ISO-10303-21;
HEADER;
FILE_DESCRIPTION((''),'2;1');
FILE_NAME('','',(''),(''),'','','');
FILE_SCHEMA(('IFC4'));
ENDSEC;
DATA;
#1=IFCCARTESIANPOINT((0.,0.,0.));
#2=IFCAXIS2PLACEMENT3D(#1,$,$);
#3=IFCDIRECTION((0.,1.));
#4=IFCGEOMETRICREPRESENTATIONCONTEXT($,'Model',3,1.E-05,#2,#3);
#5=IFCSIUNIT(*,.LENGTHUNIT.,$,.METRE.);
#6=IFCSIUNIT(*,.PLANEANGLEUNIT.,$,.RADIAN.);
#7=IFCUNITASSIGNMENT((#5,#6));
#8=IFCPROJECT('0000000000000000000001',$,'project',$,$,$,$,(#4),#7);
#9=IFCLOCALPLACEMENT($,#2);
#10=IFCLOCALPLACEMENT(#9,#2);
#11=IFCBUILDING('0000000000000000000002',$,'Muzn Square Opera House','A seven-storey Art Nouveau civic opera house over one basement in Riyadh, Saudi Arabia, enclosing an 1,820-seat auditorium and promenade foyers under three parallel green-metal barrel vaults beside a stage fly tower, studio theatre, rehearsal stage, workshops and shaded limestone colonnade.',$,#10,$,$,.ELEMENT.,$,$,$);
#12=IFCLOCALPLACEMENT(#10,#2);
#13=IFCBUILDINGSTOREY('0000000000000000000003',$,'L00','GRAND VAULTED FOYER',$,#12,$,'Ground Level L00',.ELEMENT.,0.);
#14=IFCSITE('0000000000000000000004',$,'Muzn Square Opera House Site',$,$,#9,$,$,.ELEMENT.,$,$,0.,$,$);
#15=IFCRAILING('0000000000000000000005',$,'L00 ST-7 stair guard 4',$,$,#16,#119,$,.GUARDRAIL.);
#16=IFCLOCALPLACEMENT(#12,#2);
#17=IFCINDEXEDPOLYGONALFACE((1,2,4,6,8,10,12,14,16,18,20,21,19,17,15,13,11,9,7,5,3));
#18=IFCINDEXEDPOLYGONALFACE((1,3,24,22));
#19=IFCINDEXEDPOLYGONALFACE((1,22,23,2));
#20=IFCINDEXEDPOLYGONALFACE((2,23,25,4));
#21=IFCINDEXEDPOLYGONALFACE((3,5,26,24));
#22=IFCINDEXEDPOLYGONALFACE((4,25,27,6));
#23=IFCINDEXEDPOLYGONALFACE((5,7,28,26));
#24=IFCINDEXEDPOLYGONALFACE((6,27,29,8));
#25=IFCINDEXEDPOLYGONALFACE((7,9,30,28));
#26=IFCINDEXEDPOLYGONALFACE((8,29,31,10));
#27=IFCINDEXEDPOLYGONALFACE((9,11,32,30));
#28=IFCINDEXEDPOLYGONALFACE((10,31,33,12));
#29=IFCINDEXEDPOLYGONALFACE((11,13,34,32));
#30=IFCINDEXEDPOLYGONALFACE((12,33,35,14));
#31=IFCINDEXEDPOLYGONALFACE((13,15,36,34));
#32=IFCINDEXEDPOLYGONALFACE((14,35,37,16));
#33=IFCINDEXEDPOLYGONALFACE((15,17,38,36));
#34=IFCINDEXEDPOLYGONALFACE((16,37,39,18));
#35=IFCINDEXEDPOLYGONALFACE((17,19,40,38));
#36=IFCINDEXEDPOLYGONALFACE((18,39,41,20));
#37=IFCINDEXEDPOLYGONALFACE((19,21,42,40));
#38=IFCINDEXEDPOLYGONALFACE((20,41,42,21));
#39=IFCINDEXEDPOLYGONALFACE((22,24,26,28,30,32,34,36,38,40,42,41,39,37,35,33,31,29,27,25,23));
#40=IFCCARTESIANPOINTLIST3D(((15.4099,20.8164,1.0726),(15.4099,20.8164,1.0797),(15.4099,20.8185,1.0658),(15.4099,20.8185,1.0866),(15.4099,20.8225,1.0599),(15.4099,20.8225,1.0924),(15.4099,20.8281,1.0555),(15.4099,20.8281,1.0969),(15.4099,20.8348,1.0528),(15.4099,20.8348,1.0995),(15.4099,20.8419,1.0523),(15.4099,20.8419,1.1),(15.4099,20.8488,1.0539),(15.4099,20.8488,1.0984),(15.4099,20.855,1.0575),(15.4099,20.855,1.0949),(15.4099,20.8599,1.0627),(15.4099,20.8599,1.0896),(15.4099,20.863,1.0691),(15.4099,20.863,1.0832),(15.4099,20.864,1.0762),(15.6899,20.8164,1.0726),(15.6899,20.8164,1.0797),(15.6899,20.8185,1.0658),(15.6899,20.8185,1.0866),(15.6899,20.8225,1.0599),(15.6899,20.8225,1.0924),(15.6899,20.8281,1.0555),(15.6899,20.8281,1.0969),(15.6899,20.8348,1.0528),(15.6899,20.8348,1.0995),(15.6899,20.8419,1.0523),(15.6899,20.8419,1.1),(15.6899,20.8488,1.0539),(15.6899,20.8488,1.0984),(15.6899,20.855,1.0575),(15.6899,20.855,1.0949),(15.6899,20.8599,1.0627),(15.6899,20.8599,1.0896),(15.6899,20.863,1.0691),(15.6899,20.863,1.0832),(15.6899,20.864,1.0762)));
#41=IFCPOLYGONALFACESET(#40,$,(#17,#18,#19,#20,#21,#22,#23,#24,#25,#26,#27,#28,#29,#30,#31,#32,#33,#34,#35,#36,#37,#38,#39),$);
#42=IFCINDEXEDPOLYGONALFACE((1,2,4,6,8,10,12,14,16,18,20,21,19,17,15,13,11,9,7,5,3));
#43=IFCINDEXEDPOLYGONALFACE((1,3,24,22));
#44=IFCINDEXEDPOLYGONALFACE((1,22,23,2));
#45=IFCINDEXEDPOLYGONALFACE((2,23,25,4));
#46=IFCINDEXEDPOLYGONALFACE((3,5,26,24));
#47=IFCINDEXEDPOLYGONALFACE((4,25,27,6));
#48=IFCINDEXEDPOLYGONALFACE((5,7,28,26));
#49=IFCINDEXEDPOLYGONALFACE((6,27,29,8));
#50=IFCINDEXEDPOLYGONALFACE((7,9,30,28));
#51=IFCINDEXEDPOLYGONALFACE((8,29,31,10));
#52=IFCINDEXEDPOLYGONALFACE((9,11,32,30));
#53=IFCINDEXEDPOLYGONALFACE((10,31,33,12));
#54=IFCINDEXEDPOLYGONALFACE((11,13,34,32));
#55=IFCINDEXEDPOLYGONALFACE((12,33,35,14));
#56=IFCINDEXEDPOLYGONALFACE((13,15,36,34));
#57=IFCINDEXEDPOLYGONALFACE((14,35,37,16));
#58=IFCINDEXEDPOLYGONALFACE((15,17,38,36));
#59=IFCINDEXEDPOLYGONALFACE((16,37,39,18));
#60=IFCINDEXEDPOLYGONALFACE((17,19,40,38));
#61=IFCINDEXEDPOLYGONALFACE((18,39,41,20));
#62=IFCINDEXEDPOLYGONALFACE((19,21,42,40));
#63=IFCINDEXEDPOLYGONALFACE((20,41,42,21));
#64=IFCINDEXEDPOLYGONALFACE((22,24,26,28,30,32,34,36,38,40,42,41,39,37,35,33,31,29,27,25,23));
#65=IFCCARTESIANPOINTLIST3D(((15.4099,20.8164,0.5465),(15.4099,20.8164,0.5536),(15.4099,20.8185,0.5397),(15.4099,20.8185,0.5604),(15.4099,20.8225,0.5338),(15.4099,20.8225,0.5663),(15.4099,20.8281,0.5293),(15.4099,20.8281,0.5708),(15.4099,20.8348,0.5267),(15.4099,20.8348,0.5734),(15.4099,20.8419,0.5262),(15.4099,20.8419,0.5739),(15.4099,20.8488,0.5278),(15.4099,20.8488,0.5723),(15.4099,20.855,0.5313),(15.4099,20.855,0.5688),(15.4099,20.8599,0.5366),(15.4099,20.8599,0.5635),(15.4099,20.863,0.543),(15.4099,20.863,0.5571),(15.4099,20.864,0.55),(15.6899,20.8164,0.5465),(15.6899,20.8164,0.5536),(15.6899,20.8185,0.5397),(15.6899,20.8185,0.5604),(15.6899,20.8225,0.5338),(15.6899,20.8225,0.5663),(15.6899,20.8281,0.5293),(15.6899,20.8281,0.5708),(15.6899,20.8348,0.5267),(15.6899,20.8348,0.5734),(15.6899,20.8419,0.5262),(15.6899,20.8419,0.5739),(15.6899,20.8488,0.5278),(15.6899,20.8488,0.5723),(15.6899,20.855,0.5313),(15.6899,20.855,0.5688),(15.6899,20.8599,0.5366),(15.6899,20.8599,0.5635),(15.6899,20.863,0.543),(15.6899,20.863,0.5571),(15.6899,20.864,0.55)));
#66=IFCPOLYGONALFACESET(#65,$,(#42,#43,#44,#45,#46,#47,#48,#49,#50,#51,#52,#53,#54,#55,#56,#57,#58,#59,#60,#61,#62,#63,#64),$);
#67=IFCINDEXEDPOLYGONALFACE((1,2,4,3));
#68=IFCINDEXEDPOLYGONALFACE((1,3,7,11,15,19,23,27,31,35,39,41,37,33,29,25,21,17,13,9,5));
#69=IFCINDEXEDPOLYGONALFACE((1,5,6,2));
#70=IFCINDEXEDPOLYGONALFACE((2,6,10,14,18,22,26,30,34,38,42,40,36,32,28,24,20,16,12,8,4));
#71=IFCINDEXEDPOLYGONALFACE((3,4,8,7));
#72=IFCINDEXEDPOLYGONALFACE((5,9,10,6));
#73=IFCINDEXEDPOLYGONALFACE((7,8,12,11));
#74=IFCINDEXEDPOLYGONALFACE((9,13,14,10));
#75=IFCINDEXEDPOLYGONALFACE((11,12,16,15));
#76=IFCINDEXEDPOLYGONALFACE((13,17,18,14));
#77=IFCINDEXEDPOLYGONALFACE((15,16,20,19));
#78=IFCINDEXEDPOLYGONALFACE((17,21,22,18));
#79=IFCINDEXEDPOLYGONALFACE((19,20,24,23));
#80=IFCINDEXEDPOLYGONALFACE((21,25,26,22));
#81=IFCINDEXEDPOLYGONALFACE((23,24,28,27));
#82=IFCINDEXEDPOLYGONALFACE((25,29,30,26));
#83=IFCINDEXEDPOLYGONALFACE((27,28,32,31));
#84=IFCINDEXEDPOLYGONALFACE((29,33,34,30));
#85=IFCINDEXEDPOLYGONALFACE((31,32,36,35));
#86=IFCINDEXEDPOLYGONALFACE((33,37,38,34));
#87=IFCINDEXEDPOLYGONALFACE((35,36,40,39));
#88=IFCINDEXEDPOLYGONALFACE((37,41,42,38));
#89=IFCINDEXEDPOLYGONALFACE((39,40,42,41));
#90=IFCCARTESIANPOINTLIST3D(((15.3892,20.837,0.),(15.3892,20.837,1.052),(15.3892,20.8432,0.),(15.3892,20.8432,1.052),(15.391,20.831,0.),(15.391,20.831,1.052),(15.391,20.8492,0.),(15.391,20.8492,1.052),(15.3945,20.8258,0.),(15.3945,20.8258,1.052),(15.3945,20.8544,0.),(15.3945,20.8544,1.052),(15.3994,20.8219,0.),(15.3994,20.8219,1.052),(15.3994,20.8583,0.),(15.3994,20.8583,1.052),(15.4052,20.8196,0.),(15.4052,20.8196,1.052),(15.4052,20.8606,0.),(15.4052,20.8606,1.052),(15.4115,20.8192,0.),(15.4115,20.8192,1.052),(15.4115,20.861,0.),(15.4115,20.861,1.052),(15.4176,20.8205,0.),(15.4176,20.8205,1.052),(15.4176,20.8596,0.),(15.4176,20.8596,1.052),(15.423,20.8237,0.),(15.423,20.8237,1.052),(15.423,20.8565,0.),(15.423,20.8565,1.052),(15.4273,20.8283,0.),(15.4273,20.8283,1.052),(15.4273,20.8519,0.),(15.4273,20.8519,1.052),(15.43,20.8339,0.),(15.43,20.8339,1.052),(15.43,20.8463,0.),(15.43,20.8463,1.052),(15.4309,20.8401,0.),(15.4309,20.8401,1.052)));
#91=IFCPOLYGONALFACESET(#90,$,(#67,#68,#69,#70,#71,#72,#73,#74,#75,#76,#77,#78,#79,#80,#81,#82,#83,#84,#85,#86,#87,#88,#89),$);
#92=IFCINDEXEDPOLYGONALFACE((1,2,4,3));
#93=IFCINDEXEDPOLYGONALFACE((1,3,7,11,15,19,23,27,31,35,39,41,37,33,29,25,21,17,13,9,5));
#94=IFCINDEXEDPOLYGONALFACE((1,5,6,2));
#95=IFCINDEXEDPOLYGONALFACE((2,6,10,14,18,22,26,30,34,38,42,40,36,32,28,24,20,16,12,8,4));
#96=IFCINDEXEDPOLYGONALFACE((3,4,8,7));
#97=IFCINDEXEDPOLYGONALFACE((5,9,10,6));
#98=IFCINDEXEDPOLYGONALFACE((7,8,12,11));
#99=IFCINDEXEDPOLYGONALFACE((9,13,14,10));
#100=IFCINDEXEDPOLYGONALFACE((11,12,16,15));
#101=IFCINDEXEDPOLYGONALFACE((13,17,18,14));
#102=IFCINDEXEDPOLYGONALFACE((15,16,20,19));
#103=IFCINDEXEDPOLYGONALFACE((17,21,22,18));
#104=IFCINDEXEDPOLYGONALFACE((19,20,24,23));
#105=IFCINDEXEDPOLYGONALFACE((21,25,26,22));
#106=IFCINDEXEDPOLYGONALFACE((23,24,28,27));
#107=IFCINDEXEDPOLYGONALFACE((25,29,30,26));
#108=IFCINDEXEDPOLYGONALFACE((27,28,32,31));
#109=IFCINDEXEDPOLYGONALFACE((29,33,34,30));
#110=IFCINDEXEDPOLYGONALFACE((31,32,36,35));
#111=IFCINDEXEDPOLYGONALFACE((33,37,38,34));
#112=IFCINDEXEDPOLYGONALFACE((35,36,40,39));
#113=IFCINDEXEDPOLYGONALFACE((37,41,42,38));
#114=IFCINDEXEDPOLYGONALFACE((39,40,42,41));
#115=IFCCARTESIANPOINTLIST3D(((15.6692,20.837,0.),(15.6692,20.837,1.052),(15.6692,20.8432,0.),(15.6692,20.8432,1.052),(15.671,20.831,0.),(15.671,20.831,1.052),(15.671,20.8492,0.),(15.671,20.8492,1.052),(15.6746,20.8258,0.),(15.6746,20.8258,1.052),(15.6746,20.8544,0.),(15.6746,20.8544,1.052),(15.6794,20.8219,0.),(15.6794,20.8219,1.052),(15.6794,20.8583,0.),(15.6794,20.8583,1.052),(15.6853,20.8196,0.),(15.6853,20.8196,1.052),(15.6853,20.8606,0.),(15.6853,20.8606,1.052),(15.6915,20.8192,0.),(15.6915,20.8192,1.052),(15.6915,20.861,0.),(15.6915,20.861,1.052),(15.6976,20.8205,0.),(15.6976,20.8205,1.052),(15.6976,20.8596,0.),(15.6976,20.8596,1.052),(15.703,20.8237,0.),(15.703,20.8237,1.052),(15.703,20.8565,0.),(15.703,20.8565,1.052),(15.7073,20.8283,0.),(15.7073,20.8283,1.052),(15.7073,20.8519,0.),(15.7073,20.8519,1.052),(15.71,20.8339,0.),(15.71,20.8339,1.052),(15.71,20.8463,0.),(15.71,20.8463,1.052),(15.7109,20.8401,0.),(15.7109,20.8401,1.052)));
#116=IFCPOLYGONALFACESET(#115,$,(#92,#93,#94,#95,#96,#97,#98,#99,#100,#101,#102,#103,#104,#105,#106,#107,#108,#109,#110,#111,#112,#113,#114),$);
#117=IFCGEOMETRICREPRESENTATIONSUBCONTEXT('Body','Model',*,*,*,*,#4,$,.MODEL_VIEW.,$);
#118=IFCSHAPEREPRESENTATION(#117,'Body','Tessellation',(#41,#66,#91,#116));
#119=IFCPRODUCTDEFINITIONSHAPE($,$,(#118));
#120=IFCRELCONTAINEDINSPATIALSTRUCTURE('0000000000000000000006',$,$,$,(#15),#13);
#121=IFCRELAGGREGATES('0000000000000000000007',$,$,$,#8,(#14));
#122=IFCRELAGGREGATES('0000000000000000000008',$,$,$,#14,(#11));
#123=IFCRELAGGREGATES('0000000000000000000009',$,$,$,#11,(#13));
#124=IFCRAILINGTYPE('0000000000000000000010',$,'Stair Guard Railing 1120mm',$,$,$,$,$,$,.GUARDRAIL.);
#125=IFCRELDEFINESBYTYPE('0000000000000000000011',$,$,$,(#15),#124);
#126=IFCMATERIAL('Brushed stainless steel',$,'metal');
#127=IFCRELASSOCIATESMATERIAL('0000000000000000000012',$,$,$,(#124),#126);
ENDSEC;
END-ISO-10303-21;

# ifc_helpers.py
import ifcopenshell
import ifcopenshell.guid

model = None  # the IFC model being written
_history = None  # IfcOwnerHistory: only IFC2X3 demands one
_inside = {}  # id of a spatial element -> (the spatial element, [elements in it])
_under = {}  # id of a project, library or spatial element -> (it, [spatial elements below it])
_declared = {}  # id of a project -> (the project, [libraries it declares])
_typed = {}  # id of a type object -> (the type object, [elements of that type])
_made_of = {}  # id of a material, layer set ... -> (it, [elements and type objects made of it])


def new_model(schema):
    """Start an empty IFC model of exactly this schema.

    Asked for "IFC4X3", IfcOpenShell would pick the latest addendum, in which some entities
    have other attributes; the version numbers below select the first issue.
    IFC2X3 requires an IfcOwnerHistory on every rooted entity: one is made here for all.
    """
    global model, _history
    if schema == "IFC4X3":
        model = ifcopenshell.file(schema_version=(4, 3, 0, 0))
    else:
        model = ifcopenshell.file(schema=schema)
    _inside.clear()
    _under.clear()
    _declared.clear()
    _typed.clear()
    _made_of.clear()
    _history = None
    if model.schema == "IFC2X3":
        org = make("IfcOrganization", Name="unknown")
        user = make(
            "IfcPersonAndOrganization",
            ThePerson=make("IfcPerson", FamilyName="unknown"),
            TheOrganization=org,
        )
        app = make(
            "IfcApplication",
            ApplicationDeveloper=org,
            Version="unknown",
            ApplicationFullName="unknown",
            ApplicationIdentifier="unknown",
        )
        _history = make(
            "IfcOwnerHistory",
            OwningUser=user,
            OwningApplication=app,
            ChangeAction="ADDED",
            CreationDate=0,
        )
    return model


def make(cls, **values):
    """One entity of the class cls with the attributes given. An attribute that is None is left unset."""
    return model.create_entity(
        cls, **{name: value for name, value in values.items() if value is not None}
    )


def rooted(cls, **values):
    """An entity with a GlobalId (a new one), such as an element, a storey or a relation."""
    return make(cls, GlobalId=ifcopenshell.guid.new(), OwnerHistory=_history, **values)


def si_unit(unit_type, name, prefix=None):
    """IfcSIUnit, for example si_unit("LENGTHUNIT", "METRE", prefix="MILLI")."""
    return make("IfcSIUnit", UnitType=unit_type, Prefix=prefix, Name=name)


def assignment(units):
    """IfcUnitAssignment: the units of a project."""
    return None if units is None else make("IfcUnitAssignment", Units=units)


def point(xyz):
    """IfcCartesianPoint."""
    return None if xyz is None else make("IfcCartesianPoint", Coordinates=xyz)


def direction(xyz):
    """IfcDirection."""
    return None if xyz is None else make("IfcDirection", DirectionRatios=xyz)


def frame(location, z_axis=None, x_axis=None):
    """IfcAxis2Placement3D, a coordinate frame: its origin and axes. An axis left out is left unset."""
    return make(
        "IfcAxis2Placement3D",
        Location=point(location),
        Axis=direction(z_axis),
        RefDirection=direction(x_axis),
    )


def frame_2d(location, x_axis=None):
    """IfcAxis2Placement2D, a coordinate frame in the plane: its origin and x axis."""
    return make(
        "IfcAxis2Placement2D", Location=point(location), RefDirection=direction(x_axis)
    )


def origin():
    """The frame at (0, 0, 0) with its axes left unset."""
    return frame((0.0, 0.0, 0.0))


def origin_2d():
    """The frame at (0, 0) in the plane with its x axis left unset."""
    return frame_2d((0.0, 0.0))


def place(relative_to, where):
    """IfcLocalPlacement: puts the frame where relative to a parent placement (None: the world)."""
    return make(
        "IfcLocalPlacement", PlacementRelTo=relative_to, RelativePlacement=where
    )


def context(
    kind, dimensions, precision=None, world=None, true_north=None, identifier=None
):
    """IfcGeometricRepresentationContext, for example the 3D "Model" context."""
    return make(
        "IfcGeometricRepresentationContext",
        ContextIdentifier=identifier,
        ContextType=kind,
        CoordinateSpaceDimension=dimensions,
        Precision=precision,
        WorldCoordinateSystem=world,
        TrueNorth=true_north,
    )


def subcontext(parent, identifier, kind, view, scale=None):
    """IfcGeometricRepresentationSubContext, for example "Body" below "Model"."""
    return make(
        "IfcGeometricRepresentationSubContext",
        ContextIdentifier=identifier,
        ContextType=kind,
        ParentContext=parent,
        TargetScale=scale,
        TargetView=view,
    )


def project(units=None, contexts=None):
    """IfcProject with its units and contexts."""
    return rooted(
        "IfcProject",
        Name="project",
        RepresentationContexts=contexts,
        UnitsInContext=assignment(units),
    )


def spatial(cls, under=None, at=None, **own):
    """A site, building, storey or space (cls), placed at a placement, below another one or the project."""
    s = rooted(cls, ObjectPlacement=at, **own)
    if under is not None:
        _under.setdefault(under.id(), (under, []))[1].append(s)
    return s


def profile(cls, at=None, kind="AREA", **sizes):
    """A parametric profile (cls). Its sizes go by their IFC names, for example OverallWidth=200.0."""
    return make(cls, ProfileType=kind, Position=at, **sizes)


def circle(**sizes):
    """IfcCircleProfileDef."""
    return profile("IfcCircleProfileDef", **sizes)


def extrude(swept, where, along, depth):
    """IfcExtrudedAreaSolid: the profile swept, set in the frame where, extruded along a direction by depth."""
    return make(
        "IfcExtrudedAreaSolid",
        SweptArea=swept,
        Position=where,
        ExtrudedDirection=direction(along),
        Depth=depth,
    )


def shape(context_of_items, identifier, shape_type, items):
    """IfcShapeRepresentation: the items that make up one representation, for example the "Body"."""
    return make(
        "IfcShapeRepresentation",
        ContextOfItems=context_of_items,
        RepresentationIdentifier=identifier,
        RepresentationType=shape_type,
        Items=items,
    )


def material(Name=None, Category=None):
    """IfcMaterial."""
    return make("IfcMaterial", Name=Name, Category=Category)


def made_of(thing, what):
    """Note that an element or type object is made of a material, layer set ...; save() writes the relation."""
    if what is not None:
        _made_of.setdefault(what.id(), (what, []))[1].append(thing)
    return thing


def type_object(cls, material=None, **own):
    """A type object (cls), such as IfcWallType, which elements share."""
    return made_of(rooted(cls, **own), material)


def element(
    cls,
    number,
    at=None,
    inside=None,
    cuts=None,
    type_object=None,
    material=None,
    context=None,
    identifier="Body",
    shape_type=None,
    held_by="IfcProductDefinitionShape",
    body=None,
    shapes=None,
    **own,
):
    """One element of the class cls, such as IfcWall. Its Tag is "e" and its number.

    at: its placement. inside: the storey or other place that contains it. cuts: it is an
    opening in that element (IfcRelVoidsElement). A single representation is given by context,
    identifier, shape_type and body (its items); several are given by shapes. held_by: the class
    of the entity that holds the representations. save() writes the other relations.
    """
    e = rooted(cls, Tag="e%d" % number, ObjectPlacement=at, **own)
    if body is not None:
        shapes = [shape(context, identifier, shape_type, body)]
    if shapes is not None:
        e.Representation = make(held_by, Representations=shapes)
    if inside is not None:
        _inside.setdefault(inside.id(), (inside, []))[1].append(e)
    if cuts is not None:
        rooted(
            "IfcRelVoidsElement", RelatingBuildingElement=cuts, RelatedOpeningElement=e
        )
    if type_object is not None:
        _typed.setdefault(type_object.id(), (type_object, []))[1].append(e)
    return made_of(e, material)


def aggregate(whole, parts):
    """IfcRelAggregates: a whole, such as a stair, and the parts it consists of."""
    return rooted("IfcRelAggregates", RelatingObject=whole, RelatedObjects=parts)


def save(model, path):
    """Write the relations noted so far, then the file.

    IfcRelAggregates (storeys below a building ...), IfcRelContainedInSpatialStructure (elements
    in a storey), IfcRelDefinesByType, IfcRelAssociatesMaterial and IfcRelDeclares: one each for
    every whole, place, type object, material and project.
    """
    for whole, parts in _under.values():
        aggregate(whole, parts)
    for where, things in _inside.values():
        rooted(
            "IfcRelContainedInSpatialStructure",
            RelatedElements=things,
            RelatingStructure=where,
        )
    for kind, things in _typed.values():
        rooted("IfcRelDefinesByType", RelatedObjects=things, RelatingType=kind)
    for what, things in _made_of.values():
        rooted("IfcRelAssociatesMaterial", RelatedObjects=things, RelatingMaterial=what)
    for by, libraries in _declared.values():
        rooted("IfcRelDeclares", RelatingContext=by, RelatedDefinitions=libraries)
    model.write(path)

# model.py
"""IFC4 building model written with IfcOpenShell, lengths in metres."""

from ifc_helpers import new_model, si_unit, direction, frame, origin, origin_2d, place, context, subcontext, project, spatial, circle, extrude, material, type_object, element, save


model = new_model("IFC4")

# Units and contexts
model_context = context("Model", 3, precision=1e-05, world=origin(), true_north=direction((0.0, 1.0)))
body_context = subcontext(model_context, "Body", "Model", "MODEL_VIEW")
ifc_project = project(units=[si_unit("LENGTHUNIT", "METRE"), si_unit("PLANEANGLEUNIT", "RADIAN")], contexts=[model_context])

# Site, building, storey
site_placement = place(None, origin())
site = spatial("IfcSite", under=ifc_project, at=site_placement, Name="Muzn Square Opera House Site", CompositionType="ELEMENT", RefElevation=0.0)
building_placement = place(site_placement, origin())
building = spatial("IfcBuilding", under=site, at=building_placement, Name="Muzn Square Opera House", Description="A seven-storey Art Nouveau civic opera house over one basement in Riyadh, Saudi Arabia, enclosing an 1,820-seat auditorium and promenade foyers under three parallel green-metal barrel vaults beside a stage fly tower, studio theatre, rehearsal stage, workshops and shaded limestone colonnade.", CompositionType="ELEMENT")
storey_placement = place(building_placement, origin())
storey = spatial("IfcBuildingStorey", under=building, at=storey_placement, Name="L00", Description="GRAND VAULTED FOYER", LongName="Ground Level L00", CompositionType="ELEMENT", Elevation=0.0)

# Railing
ifc_material_1 = material(Name="Brushed stainless steel", Category="metal")
railing_type_1 = type_object("IfcRailingType", Name="Stair Guard Railing 1120mm", PredefinedType="GUARDRAIL", material=ifc_material_1)
railing_1_placement = place(storey_placement, frame((15.4099, 20.8401, 0.0)))
element("IfcRailing", 1, at=railing_1_placement, inside=storey, type_object=railing_type_1, Name="L00 ST-7 stair guard 4", PredefinedType="GUARDRAIL", context=body_context, shape_type="SweptSolid", body=[
    extrude(circle(Radius=0.0239, at=origin_2d()), frame((0.0, 0.0, 1.0762), z_axis=(1.0, 0.0, 0.0), x_axis=(0.0, 1.0, 0.0)), (0.0, 0.0, 1.0), 0.28),
    extrude(circle(Radius=0.0239, at=origin_2d()), frame((0.0, 0.0, 0.55), z_axis=(1.0, 0.0, 0.0), x_axis=(0.0, 1.0, 0.0)), (0.0, 0.0, 1.0), 0.28),
    extrude(circle(Radius=0.021, at=origin_2d()), origin(), (0.0, 0.0, 1.0), 1.052),
    extrude(circle(Radius=0.021, at=origin_2d()), frame((0.28, 0.0, 0.0)), (0.0, 0.0, 1.0), 1.052),
])

save(model, "model.ifc")
